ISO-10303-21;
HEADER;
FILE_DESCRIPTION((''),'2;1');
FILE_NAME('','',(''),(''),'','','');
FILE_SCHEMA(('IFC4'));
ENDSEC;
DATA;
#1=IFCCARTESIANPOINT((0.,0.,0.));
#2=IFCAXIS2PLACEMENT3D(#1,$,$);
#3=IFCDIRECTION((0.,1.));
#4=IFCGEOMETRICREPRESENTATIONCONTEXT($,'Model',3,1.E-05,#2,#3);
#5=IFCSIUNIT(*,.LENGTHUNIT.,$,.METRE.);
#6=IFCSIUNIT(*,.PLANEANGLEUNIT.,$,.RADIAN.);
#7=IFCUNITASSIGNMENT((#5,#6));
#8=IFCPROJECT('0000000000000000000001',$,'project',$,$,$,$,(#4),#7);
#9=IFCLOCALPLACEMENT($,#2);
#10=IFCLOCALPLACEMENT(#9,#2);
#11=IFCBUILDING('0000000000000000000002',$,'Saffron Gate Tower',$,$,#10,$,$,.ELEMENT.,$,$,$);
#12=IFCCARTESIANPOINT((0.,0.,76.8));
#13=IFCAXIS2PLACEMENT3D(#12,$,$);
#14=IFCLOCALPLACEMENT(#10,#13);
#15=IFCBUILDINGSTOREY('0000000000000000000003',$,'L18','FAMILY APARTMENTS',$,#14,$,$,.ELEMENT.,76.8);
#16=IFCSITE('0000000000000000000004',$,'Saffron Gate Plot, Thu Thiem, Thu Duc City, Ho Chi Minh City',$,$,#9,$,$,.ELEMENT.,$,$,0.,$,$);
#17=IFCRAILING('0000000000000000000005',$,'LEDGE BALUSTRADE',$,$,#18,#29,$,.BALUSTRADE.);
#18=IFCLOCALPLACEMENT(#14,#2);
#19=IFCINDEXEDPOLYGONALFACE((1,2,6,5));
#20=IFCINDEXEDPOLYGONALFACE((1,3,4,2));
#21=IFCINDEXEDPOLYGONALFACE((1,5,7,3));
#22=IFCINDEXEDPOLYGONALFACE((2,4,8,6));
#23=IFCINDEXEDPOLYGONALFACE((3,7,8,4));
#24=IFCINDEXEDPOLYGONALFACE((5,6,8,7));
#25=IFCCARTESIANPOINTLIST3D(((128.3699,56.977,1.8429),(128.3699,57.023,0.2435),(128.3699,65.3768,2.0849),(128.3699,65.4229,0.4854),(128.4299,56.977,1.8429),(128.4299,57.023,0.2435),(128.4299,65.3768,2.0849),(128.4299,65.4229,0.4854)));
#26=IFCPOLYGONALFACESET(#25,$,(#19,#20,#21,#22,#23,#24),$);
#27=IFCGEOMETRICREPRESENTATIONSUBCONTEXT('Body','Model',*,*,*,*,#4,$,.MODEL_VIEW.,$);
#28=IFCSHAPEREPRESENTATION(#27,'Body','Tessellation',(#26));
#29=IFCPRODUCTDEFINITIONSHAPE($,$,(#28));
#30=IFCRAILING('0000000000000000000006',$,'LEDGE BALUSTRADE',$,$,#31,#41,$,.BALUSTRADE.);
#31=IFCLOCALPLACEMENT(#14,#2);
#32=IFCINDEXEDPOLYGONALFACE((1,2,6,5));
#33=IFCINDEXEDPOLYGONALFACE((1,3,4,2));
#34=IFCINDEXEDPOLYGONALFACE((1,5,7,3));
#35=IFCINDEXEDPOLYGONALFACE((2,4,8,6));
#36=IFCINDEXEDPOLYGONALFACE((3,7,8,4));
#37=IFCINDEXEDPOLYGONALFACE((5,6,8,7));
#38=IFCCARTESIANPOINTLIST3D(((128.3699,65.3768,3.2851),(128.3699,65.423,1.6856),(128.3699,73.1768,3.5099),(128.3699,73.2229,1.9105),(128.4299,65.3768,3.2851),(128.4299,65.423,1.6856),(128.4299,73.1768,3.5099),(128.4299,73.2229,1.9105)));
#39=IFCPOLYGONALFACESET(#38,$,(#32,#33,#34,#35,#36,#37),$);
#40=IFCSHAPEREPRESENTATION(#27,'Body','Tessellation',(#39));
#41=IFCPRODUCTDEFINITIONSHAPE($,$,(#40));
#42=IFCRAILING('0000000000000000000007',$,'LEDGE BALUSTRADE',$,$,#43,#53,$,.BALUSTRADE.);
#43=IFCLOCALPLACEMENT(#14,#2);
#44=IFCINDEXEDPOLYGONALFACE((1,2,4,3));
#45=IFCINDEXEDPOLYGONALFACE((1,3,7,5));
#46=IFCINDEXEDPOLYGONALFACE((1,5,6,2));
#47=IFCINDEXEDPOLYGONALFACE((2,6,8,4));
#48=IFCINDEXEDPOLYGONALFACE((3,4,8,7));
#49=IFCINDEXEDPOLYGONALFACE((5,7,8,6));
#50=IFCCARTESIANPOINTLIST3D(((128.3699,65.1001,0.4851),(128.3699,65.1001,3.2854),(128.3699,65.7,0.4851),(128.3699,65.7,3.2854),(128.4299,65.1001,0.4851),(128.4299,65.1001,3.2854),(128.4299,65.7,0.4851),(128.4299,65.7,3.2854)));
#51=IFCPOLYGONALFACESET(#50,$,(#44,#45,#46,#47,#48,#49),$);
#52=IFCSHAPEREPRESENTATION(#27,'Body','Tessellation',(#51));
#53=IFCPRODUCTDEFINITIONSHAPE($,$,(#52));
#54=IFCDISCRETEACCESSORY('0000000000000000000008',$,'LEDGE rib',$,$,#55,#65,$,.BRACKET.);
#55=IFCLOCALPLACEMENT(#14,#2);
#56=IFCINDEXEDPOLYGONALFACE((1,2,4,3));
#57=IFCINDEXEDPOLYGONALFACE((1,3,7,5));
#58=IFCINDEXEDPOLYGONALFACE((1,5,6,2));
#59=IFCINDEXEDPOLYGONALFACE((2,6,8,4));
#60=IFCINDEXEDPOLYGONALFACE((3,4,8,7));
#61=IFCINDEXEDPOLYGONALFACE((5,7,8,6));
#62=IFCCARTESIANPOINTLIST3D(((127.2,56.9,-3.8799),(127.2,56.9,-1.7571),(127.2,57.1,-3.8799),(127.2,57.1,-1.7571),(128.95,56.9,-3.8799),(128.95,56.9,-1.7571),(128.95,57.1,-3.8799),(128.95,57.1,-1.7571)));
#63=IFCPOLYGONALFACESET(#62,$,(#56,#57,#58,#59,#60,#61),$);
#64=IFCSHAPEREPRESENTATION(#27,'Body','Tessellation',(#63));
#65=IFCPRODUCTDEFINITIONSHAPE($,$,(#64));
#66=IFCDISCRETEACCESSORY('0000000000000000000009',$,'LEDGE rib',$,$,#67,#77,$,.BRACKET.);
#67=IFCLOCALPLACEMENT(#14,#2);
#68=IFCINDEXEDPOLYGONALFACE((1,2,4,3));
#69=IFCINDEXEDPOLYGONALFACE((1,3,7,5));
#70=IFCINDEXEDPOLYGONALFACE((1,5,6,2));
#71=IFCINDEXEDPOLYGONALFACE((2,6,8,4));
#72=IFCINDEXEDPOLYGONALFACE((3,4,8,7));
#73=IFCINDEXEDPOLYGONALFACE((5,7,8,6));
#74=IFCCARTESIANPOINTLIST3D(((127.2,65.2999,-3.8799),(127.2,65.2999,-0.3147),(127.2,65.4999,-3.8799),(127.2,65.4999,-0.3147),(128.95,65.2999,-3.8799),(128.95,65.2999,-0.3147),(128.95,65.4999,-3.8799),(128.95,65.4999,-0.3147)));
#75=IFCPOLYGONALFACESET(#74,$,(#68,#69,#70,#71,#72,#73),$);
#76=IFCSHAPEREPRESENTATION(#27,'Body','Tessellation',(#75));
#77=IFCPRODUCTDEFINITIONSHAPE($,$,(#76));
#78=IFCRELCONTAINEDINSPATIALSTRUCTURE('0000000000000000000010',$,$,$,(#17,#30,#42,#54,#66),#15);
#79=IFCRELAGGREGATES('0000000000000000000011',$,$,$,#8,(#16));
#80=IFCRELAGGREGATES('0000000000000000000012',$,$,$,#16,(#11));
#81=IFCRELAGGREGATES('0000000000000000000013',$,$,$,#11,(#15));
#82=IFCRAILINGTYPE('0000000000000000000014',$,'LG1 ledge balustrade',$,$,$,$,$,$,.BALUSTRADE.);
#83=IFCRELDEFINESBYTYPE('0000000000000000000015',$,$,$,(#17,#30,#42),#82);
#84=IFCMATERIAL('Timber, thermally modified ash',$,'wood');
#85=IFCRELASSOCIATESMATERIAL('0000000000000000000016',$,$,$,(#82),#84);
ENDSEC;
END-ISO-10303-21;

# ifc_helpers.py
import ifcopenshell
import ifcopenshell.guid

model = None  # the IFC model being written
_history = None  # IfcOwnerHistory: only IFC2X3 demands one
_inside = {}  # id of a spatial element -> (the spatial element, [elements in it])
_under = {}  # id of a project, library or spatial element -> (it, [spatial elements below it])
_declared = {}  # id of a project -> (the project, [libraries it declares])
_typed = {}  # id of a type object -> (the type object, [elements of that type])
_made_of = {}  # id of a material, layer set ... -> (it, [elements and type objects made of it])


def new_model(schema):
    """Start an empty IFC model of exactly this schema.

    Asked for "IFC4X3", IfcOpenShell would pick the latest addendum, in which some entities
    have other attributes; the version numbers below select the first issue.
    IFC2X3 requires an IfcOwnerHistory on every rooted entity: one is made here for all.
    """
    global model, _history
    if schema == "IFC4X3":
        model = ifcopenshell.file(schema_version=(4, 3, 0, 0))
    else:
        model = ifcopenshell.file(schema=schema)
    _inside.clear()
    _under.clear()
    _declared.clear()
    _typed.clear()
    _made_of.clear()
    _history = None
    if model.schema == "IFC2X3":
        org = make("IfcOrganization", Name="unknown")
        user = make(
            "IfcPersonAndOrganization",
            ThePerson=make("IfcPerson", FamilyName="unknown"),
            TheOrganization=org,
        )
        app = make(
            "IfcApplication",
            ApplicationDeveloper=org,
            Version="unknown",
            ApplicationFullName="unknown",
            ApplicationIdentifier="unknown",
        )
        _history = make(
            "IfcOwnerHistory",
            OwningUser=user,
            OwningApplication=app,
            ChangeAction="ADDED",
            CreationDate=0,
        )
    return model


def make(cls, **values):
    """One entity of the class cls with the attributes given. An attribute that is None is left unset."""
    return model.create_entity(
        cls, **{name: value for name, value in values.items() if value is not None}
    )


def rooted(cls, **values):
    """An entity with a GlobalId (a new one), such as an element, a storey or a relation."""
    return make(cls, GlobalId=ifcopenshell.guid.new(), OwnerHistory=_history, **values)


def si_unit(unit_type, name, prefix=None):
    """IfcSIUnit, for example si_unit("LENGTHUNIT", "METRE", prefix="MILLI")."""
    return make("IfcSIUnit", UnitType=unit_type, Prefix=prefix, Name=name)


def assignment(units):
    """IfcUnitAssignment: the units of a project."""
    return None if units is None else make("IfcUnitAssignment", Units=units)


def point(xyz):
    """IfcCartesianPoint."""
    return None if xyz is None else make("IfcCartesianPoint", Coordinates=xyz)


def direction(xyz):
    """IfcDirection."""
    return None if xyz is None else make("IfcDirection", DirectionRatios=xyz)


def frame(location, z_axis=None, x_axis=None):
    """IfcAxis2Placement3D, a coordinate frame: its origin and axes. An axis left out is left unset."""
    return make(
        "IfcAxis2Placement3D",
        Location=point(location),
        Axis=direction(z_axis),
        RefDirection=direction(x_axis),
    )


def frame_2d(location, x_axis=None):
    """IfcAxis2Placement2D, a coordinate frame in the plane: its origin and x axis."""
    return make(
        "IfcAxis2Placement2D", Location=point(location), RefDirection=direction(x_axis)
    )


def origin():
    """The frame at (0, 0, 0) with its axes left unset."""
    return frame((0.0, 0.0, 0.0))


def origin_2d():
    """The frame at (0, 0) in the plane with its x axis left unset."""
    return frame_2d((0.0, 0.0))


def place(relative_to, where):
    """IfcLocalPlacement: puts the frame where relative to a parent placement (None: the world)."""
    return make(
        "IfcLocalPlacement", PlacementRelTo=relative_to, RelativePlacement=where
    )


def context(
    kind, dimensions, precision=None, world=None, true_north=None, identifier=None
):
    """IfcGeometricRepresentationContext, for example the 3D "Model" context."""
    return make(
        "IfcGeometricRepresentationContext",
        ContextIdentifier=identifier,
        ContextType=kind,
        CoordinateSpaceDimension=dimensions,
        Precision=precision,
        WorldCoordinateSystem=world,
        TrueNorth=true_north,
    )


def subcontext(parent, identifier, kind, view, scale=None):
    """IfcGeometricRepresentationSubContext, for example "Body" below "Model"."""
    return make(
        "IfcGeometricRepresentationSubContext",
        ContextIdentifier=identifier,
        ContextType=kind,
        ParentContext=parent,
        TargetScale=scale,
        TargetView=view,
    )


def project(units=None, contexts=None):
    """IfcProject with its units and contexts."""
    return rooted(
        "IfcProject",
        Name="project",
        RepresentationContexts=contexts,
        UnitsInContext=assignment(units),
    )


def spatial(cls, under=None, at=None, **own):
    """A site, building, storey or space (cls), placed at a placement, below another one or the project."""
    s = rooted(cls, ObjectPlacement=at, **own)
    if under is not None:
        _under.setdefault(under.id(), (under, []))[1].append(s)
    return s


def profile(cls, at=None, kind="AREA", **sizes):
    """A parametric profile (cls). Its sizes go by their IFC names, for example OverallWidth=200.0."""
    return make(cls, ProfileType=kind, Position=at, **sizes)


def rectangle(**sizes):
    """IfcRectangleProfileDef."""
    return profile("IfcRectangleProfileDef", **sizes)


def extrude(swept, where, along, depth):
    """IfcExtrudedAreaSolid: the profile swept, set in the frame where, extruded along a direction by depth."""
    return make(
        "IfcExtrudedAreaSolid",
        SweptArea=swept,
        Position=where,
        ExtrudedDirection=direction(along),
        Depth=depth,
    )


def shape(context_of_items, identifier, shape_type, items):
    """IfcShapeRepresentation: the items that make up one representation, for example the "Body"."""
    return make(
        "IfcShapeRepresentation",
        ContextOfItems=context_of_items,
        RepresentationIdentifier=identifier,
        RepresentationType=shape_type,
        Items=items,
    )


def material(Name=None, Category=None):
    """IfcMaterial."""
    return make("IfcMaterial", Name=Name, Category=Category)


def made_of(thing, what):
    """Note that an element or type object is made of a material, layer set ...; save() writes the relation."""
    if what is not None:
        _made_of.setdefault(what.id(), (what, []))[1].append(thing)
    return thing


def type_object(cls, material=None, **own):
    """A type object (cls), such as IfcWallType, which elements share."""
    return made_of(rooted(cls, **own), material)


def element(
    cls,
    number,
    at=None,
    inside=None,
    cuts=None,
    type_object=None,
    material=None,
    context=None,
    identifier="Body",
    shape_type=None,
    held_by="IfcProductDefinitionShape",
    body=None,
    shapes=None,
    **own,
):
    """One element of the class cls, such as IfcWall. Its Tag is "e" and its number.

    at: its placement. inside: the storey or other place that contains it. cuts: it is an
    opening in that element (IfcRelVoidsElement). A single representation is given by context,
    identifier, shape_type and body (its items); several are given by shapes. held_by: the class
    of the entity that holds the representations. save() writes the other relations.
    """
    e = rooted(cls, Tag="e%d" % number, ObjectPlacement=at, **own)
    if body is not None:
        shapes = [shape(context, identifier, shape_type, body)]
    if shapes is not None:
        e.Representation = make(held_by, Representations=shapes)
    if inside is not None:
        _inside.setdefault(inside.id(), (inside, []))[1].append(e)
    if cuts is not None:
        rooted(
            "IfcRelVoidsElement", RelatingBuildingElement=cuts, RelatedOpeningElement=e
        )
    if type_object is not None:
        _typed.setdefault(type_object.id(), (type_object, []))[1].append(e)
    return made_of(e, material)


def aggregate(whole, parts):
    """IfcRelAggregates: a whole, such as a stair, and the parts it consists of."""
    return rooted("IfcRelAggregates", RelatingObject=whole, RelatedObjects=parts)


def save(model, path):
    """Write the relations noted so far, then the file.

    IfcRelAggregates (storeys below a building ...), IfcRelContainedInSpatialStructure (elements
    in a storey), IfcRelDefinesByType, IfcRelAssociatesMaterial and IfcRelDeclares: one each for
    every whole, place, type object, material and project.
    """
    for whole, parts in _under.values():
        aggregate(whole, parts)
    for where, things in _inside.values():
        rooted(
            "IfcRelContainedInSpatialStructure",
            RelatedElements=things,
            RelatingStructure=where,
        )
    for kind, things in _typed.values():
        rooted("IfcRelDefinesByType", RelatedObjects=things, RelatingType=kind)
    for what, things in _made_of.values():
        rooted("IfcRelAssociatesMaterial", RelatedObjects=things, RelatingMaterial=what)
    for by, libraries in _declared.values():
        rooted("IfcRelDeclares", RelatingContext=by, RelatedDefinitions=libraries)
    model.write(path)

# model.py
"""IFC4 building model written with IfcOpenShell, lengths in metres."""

from ifc_helpers import new_model, si_unit, direction, frame, origin, origin_2d, place, context, subcontext, project, spatial, rectangle, extrude, material, type_object, element, save


model = new_model("IFC4")

# Units and contexts
model_context = context("Model", 3, precision=1e-05, world=origin(), true_north=direction((0.0, 1.0)))
body_context = subcontext(model_context, "Body", "Model", "MODEL_VIEW")
ifc_project = project(units=[si_unit("LENGTHUNIT", "METRE"), si_unit("PLANEANGLEUNIT", "RADIAN")], contexts=[model_context])

# Site, building, storey
site_placement = place(None, origin())
site = spatial("IfcSite", under=ifc_project, at=site_placement, Name="Saffron Gate Plot, Thu Thiem, Thu Duc City, Ho Chi Minh City", CompositionType="ELEMENT", RefElevation=0.0)
building_placement = place(site_placement, origin())
building = spatial("IfcBuilding", under=site, at=building_placement, Name="Saffron Gate Tower", CompositionType="ELEMENT")
storey_placement = place(building_placement, frame((0.0, 0.0, 76.8)))
storey = spatial("IfcBuildingStorey", under=building, at=storey_placement, Name="L18", Description="FAMILY APARTMENTS", CompositionType="ELEMENT", Elevation=76.8)

# Shared definitions
ifc_material_1 = material(Name="Timber, thermally modified ash", Category="wood")

# Railings
railing_type = type_object("IfcRailingType", Name="LG1 ledge balustrade", PredefinedType="BALUSTRADE", material=ifc_material_1)
railing_1_placement = place(storey_placement, frame((128.3999, 57.0, 0.2432)))
element("IfcRailing", 1, at=railing_1_placement, inside=storey, type_object=railing_type, Name="LEDGE BALUSTRADE", PredefinedType="BALUSTRADE", context=body_context, shape_type="SweptSolid", body=[
    extrude(rectangle(XDim=0.0601, YDim=1.6001, at=origin_2d()), frame((0.0, 0.0, 0.8), z_axis=(0.0, 0.999585, 0.028791), x_axis=(-1.0, 0.0, 0.0)), (0.0, 0.0, 1.0), 8.4033),
])
railing_2_placement = place(storey_placement, frame((128.3999, 65.3999, 1.6853)))
element("IfcRailing", 2, at=railing_2_placement, inside=storey, type_object=railing_type, Name="LEDGE BALUSTRADE", PredefinedType="BALUSTRADE", context=body_context, shape_type="SweptSolid", body=[
    extrude(rectangle(XDim=0.0601, YDim=1.6001, at=origin_2d()), frame((0.0, 0.0, 0.8), z_axis=(0.0, 0.999585, 0.028815), x_axis=(-1.0, 0.0, 0.0)), (0.0, 0.0, 1.0), 7.8032),
])
railing_3_placement = place(storey_placement, frame((128.3999, 65.1001, 0.4851)))
element("IfcRailing", 3, at=railing_3_placement, inside=storey, type_object=railing_type, Name="LEDGE BALUSTRADE", PredefinedType="BALUSTRADE", context=body_context, shape_type="SweptSolid", body=[
    extrude(rectangle(XDim=0.0601, YDim=2.8003, at=origin_2d()), frame((0.0, 0.0, 1.4001), z_axis=(0.0, 1.0, 0.0), x_axis=(-1.0, 0.0, 0.0)), (0.0, 0.0, 1.0), 0.5999),
])

# Discrete accessories
discrete_accessory_1_placement = place(storey_placement, frame((128.075, 57.0, -3.8799), z_axis=(0.0, 0.0, 1.0), x_axis=(0.0, 1.0, 0.0)))
element("IfcDiscreteAccessory", 4, at=discrete_accessory_1_placement, inside=storey, Name="LEDGE rib", PredefinedType="BRACKET", context=body_context, shape_type="SweptSolid", body=[
    extrude(rectangle(XDim=0.2, YDim=1.75, at=origin_2d()), origin(), (0.0, 0.0, 1.0), 2.1228),
])
discrete_accessory_2_placement = place(storey_placement, frame((128.075, 65.3999, -3.8799), z_axis=(0.0, 0.0, 1.0), x_axis=(0.0, 1.0, 0.0)))
element("IfcDiscreteAccessory", 5, at=discrete_accessory_2_placement, inside=storey, Name="LEDGE rib", PredefinedType="BRACKET", context=body_context, shape_type="SweptSolid", body=[
    extrude(rectangle(XDim=0.2, YDim=1.75, at=origin_2d()), origin(), (0.0, 0.0, 1.0), 3.5652),
])

save(model, "model.ifc")
